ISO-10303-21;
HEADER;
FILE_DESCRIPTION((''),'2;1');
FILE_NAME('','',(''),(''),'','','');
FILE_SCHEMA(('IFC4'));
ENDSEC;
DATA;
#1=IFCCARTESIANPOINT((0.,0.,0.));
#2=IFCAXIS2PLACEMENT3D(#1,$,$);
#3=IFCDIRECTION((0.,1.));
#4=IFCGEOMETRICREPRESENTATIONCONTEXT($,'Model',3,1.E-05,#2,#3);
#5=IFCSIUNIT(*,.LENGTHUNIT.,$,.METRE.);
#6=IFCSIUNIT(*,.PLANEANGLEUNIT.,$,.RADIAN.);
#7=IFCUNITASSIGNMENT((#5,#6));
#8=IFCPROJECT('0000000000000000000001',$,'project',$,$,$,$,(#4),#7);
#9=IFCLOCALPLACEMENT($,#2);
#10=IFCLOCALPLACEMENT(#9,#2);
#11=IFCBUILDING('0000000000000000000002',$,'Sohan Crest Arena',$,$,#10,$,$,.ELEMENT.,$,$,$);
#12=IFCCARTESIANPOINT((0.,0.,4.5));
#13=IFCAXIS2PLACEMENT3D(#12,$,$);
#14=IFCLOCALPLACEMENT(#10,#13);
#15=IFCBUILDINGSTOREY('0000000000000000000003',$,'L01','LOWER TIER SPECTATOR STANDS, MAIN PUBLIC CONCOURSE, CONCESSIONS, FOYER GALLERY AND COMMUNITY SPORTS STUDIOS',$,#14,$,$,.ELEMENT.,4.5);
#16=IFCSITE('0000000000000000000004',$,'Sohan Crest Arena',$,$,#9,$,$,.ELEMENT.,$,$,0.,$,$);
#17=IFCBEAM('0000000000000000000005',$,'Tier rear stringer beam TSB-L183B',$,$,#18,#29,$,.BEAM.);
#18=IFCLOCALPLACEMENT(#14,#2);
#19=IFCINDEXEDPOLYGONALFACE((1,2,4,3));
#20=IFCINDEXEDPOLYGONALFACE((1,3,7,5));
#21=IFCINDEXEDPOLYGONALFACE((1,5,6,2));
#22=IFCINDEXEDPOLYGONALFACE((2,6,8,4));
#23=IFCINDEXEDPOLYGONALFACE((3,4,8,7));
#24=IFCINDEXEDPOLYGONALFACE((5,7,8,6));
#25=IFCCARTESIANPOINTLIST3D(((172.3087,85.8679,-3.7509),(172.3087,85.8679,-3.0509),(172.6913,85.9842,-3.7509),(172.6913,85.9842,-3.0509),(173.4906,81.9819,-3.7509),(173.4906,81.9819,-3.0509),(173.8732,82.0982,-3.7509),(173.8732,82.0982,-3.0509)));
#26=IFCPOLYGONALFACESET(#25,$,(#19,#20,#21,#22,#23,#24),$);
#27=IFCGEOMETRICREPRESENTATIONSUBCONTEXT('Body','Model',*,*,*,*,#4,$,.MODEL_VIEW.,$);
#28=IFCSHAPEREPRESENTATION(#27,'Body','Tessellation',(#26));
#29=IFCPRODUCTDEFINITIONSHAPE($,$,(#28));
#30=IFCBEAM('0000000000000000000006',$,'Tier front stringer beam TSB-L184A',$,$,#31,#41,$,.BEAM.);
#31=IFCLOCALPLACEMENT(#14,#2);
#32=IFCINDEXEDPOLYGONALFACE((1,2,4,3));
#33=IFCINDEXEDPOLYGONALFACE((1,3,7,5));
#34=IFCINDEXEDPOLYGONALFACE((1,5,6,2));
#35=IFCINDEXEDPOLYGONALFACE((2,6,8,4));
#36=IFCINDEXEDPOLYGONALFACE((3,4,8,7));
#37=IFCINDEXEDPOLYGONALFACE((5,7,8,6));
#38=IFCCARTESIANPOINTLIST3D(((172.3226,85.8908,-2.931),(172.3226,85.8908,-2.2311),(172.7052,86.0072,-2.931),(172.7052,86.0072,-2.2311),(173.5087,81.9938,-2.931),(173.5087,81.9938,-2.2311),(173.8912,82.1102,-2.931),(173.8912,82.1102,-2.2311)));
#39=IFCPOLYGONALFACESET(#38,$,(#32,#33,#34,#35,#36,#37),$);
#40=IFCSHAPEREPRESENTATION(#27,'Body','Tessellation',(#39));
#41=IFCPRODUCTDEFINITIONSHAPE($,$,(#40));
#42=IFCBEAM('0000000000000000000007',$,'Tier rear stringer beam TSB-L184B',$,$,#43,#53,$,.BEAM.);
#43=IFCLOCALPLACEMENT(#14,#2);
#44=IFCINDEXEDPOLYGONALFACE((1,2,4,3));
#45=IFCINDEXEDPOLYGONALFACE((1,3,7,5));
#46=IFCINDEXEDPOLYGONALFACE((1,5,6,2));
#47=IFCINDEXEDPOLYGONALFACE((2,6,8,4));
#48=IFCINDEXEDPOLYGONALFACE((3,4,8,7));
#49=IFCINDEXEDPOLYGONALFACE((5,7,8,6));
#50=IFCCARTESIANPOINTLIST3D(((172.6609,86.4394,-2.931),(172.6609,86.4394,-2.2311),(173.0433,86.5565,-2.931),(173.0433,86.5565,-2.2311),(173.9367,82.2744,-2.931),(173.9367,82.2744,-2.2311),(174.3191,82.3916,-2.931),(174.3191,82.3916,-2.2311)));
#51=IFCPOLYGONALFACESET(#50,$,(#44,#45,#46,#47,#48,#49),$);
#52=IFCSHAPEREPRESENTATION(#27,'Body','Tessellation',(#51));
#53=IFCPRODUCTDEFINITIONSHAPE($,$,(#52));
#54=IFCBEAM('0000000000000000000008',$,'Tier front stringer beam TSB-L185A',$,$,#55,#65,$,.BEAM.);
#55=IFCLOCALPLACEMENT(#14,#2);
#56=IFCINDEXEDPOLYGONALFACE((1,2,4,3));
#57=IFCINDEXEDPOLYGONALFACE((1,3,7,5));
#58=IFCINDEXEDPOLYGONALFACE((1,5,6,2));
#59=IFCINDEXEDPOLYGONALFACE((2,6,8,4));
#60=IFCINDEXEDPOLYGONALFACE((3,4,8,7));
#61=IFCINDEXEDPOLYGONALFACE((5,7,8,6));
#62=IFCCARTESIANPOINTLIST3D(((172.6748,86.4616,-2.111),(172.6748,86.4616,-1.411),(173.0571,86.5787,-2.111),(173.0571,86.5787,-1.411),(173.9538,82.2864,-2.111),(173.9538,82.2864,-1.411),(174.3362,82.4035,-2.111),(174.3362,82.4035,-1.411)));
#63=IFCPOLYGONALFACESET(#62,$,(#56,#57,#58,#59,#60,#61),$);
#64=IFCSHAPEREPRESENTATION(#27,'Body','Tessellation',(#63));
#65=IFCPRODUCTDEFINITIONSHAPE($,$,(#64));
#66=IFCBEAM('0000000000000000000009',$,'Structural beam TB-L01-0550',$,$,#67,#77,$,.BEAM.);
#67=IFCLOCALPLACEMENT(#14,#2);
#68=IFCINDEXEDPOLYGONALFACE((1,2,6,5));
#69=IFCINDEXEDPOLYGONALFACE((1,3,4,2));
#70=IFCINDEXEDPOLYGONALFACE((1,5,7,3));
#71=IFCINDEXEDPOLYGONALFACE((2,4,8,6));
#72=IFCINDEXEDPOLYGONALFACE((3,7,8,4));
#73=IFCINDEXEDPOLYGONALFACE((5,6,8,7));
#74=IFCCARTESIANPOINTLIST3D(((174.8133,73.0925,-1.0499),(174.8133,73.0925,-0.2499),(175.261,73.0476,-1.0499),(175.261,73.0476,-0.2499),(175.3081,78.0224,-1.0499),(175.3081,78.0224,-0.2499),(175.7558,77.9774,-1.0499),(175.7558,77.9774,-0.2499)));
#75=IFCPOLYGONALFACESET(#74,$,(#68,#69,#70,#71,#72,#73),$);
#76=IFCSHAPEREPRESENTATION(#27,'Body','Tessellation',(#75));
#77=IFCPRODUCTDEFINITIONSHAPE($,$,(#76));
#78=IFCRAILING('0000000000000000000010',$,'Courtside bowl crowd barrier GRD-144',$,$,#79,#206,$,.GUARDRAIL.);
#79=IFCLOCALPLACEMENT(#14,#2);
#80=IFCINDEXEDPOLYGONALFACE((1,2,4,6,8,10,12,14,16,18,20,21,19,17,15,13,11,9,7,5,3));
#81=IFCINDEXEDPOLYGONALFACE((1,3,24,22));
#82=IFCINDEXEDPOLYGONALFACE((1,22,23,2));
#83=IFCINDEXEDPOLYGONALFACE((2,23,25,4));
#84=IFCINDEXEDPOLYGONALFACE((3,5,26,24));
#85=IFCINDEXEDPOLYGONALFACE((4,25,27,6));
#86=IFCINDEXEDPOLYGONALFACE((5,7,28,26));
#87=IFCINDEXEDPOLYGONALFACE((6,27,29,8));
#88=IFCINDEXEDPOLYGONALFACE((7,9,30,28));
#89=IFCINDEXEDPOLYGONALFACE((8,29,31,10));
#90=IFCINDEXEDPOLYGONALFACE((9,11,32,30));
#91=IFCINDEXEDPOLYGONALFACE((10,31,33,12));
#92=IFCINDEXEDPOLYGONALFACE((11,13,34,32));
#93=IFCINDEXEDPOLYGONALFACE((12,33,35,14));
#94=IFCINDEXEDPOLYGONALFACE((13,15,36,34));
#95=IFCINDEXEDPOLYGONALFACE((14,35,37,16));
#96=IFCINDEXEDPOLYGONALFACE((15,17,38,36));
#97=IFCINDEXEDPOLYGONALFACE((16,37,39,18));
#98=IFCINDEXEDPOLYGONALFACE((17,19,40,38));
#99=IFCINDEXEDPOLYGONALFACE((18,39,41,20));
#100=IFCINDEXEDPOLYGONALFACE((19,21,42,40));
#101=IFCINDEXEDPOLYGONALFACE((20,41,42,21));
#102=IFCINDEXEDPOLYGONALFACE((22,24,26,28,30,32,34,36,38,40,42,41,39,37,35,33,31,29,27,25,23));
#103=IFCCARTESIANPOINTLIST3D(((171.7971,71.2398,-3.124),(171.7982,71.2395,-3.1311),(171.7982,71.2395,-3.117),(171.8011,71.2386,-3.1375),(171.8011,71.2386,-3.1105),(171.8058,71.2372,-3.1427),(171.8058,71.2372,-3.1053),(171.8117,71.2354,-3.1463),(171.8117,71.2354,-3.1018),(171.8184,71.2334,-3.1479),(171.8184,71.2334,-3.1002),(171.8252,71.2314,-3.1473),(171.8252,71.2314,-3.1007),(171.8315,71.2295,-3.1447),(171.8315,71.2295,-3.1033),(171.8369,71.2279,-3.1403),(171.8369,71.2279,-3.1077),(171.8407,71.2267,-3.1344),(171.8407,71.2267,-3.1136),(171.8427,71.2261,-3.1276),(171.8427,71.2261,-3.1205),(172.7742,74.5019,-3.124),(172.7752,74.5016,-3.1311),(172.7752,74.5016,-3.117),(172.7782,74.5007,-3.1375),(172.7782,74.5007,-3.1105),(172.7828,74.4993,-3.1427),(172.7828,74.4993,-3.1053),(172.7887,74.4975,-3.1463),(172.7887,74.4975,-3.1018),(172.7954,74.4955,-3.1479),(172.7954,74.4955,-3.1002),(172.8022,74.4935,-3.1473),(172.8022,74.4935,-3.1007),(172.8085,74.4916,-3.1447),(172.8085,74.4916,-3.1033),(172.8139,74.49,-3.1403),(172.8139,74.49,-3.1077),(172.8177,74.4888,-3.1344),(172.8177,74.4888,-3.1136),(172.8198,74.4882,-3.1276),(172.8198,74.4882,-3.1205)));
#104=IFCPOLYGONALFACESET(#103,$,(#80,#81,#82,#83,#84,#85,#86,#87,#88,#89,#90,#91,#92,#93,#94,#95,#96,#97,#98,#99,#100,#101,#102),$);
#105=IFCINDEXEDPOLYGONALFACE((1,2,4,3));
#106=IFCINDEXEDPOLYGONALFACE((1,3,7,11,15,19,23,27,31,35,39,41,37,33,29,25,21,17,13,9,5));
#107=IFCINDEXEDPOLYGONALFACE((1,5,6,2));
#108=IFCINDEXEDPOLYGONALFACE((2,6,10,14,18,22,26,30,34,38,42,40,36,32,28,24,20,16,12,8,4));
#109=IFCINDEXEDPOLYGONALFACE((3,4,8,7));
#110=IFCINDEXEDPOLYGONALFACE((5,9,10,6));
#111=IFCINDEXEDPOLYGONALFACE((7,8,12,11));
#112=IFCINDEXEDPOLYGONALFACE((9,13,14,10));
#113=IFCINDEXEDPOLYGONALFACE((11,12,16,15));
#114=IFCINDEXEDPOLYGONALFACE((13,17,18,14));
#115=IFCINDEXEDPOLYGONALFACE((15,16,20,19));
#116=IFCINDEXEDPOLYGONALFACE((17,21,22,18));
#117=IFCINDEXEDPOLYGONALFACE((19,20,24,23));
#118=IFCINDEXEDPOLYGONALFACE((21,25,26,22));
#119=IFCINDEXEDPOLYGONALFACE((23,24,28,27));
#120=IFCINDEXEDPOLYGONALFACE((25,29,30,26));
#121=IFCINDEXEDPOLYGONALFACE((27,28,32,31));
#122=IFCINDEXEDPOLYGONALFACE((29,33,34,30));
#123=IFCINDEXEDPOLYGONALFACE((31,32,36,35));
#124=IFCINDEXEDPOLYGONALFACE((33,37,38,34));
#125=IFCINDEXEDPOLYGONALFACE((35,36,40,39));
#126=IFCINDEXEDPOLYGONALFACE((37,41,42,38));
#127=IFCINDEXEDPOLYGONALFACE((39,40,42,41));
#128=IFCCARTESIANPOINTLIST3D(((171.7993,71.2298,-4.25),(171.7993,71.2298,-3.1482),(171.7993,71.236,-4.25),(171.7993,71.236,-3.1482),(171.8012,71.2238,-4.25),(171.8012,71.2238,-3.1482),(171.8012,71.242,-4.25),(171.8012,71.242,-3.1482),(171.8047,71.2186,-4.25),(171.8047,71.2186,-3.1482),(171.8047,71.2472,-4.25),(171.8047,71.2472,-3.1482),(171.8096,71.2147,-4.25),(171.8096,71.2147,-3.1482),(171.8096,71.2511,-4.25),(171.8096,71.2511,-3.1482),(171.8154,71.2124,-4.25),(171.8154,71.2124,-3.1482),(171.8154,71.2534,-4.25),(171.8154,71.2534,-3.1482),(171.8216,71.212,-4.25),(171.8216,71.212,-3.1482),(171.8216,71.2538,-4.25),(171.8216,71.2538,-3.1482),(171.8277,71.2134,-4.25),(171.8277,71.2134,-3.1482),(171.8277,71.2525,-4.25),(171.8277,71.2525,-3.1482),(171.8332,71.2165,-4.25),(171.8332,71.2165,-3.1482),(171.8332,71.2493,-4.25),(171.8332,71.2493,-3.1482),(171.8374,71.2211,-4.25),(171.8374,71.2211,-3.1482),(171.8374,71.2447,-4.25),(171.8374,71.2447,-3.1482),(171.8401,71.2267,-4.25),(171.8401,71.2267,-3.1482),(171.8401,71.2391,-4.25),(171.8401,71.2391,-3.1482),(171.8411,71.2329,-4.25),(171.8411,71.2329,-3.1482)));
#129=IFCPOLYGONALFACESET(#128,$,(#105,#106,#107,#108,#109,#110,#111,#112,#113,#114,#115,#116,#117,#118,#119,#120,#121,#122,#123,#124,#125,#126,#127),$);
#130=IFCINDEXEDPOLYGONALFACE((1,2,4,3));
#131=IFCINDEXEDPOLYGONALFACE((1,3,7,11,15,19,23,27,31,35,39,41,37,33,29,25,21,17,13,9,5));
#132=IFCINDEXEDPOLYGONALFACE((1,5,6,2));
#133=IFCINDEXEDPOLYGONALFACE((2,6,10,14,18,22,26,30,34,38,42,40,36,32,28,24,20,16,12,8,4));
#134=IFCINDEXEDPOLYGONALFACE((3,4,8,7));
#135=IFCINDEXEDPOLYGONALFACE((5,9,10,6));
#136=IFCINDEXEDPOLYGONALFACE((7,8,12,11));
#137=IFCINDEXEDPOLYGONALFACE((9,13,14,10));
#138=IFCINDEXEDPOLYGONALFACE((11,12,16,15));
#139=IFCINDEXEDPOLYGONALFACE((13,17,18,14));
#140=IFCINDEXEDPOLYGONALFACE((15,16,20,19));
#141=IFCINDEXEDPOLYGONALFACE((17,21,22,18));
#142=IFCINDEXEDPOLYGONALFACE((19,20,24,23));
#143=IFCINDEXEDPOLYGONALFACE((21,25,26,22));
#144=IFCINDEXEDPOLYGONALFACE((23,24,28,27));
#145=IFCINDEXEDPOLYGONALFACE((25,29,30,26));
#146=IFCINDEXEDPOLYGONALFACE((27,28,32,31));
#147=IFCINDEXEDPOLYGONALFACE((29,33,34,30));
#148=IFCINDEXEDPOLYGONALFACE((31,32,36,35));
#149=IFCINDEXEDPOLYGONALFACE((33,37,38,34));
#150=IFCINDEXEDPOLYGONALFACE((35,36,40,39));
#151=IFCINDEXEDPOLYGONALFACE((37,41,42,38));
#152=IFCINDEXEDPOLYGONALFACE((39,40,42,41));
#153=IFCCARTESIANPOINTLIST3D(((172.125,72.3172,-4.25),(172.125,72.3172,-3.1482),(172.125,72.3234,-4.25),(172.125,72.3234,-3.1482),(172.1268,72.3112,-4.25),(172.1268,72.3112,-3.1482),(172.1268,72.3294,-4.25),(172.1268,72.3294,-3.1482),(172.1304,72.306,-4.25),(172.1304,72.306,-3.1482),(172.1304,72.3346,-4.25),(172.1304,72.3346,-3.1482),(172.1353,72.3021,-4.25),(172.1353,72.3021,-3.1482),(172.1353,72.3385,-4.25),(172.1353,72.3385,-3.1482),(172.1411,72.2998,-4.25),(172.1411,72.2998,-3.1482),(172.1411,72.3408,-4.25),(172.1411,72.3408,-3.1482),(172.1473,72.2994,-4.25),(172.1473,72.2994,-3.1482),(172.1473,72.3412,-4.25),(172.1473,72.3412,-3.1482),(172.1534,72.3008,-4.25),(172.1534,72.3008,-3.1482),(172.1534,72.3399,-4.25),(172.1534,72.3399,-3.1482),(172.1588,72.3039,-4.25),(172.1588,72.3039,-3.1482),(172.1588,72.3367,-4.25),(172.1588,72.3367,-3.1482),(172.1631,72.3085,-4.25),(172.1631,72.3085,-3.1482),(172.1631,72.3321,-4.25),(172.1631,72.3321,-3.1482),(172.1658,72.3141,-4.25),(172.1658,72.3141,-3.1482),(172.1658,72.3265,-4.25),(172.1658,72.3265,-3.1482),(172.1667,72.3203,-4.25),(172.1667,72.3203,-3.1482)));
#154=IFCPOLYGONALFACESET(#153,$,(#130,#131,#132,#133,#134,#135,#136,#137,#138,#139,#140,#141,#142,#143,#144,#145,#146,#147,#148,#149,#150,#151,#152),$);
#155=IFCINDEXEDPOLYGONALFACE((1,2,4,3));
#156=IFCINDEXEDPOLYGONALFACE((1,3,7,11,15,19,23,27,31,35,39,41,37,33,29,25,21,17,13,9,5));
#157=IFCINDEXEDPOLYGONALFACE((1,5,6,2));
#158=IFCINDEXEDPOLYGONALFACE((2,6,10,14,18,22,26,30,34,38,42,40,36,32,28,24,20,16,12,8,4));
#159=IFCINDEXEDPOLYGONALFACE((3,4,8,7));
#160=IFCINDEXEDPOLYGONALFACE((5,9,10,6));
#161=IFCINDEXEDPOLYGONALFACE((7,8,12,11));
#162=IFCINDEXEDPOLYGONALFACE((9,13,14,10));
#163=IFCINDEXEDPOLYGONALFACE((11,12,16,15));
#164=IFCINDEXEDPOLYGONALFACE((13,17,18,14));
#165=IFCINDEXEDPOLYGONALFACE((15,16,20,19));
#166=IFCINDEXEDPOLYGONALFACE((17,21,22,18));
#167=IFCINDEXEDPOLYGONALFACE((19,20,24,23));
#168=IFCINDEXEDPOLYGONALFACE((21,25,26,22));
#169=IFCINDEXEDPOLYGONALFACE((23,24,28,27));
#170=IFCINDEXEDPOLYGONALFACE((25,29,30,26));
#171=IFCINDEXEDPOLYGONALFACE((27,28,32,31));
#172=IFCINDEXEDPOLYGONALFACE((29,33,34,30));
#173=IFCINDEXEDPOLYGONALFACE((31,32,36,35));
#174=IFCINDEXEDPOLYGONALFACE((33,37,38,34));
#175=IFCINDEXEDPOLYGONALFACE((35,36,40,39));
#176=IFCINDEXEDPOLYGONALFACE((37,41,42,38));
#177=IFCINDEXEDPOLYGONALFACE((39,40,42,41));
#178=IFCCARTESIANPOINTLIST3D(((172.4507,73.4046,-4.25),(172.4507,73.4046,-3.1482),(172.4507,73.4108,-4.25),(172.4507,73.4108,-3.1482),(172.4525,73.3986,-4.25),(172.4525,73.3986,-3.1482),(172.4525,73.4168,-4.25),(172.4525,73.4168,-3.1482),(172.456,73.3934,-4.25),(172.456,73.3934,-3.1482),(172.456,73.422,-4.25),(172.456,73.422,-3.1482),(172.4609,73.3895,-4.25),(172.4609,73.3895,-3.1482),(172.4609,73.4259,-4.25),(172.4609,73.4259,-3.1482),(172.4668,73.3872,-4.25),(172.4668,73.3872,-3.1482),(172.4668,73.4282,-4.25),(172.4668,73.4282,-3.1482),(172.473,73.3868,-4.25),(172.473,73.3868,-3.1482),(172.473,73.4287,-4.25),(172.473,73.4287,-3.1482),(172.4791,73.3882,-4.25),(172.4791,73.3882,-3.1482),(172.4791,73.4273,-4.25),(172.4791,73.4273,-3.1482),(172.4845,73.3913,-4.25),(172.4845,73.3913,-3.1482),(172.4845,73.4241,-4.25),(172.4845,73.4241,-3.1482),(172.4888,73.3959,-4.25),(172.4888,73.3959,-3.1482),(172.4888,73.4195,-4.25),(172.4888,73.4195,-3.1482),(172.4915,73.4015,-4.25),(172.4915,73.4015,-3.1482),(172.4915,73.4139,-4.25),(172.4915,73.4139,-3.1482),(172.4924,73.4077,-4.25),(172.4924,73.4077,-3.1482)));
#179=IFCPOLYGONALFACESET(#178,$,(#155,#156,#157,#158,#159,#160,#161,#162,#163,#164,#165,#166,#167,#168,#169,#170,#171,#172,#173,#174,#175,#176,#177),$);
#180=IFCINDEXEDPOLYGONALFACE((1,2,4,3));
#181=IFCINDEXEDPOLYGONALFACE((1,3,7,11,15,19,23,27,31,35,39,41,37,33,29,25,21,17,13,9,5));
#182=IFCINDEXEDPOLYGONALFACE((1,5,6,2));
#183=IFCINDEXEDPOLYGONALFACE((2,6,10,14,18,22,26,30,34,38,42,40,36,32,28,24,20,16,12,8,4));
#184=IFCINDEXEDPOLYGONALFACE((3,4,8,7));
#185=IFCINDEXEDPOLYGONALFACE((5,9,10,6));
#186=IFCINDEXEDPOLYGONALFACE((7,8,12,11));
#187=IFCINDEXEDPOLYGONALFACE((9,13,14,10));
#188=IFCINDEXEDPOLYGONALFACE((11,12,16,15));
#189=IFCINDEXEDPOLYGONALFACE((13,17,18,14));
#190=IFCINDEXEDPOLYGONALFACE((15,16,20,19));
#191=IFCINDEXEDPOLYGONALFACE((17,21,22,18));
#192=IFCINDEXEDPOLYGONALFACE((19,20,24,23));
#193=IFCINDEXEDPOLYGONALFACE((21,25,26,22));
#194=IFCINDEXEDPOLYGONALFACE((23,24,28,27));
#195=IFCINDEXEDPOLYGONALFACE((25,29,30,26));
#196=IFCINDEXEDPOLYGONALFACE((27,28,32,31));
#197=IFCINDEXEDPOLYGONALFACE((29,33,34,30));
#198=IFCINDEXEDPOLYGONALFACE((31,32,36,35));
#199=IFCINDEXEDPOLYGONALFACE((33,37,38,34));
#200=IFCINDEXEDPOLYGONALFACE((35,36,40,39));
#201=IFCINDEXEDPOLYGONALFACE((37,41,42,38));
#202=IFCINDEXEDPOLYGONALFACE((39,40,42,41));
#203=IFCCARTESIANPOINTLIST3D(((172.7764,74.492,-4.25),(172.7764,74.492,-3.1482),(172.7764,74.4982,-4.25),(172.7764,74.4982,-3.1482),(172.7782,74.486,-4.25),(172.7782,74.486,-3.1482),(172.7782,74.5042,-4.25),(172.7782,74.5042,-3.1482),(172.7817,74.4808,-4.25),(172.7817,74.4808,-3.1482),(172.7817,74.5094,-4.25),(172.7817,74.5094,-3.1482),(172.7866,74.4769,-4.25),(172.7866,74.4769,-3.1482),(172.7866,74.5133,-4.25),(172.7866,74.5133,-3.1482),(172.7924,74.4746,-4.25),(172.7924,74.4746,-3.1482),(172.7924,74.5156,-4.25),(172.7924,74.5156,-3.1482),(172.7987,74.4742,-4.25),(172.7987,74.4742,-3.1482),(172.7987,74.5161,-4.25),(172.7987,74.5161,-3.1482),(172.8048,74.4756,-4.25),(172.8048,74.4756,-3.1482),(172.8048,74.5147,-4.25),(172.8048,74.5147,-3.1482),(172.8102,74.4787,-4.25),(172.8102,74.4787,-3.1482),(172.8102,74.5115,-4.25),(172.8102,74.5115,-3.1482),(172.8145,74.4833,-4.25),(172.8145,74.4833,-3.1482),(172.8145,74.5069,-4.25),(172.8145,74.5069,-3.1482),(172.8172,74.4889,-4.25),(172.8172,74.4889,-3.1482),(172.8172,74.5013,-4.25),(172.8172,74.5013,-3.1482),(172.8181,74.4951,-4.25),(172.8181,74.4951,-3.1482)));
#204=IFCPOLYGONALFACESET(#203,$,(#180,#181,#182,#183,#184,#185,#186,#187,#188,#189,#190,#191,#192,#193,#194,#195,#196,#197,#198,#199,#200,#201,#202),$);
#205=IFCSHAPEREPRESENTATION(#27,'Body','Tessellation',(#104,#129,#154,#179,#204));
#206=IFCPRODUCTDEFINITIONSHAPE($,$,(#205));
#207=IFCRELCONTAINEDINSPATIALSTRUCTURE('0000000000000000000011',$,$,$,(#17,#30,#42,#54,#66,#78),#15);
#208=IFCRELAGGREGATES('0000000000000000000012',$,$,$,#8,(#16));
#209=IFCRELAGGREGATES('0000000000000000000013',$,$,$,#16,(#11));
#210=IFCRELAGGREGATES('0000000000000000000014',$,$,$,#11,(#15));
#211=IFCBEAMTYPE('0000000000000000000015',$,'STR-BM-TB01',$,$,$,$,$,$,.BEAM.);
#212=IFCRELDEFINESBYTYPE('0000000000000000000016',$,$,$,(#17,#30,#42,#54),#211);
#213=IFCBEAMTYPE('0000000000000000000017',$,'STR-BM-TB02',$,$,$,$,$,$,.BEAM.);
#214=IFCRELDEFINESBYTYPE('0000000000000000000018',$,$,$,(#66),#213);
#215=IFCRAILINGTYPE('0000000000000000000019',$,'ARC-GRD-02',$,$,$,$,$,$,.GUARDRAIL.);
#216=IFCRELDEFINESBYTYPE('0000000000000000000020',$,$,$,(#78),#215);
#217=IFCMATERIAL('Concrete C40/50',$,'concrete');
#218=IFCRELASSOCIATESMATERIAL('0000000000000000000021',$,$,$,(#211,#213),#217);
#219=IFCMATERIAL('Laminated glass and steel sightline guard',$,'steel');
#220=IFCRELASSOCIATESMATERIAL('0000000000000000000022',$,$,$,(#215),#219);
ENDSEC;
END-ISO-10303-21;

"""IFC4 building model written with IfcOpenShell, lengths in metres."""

from ifc_helpers import new_model, si_unit, direction, frame, origin, origin_2d, place, context, subcontext, project, spatial, rectangle, circle, extrude, material, material_profile, profile_set, type_object, element, save


model = new_model("IFC4")

# Units and contexts
model_context = context("Model", 3, precision=1e-05, world=origin(), true_north=direction((0.0, 1.0)))
body_context = subcontext(model_context, "Body", "Model", "MODEL_VIEW")
ifc_project = project(units=[si_unit("LENGTHUNIT", "METRE"), si_unit("PLANEANGLEUNIT", "RADIAN")], contexts=[model_context])

# Site, building, storey
site_placement = place(None, origin())
site = spatial("IfcSite", under=ifc_project, at=site_placement, Name="Sohan Crest Arena", CompositionType="ELEMENT", RefElevation=0.0)
building_placement = place(site_placement, origin())
building = spatial("IfcBuilding", under=site, at=building_placement, Name="Sohan Crest Arena", CompositionType="ELEMENT")
storey_placement = place(building_placement, frame((0.0, 0.0, 4.5)))
storey = spatial("IfcBuildingStorey", under=building, at=storey_placement, Name="L01", Description="LOWER TIER SPECTATOR STANDS, MAIN PUBLIC CONCOURSE, CONCESSIONS, FOYER GALLERY AND COMMUNITY SPORTS STUDIOS", CompositionType="ELEMENT", Elevation=4.5)

# Shared definitions
ifc_material_1 = material(Name="Concrete C40/50", Category="concrete")

# Beams
ifc_material_profile_1 = material_profile(ifc_material_1, rectangle(XDim=0.3999, YDim=0.7, at=origin_2d()), Name="RC-BM 400x700")
ifc_profile_set_1 = profile_set([ifc_material_profile_1], Name="Concrete C40/50")
beam_type_1 = type_object("IfcBeamType", Name="STR-BM-TB01", PredefinedType="BEAM", material=ifc_profile_set_1)
beam_1_placement = place(storey_placement, frame((173.6819, 82.04, -3.4009), z_axis=(-0.29098, 0.956729, 0.0), x_axis=(-0.956729, -0.29098, 0.0)))
element("IfcBeam", 1, at=beam_1_placement, inside=storey, type_object=beam_type_1, Name="Tier rear stringer beam TSB-L183B", PredefinedType="BEAM", context=body_context, shape_type="SweptSolid", body=[
    extrude(rectangle(XDim=0.3999, YDim=0.7, at=origin_2d()), origin(), (0.0, 0.0, 1.0), 4.0618),
])
beam_2_placement = place(storey_placement, frame((173.7, 82.052, -2.5811), z_axis=(-0.291162, 0.956674, 0.0), x_axis=(-0.956674, -0.291162, 0.0)))
element("IfcBeam", 2, at=beam_2_placement, inside=storey, type_object=beam_type_1, Name="Tier front stringer beam TSB-L184A", PredefinedType="BEAM", context=body_context, shape_type="SweptSolid", body=[
    extrude(rectangle(XDim=0.3999, YDim=0.7, at=origin_2d()), origin(), (0.0, 0.0, 1.0), 4.0735),
])
beam_3_placement = place(storey_placement, frame((174.1279, 82.333, -2.5811), z_axis=(-0.292896, 0.956144, 0.0), x_axis=(-0.956144, -0.292896, 0.0)))
element("IfcBeam", 3, at=beam_3_placement, inside=storey, type_object=beam_type_1, Name="Tier rear stringer beam TSB-L184B", PredefinedType="BEAM", context=body_context, shape_type="SweptSolid", body=[
    extrude(rectangle(XDim=0.3999, YDim=0.7, at=origin_2d()), origin(), (0.0, 0.0, 1.0), 4.356),
])
beam_4_placement = place(storey_placement, frame((174.145, 82.345, -1.761), z_axis=(-0.292919, 0.956137, 0.0), x_axis=(-0.956137, -0.292919, 0.0)))
element("IfcBeam", 4, at=beam_4_placement, inside=storey, type_object=beam_type_1, Name="Tier front stringer beam TSB-L185A", PredefinedType="BEAM", context=body_context, shape_type="SweptSolid", body=[
    extrude(rectangle(XDim=0.3999, YDim=0.7, at=origin_2d()), origin(), (0.0, 0.0, 1.0), 4.3667),
])
ifc_material_profile_2 = material_profile(ifc_material_1, rectangle(XDim=0.45, YDim=0.8, at=origin_2d()), Name="RC-BM 450x800")
ifc_profile_set_2 = profile_set([ifc_material_profile_2], Name="Concrete C40/50")
beam_type_2 = type_object("IfcBeamType", Name="STR-BM-TB02", PredefinedType="BEAM", material=ifc_profile_set_2)
beam_5_placement = place(storey_placement, frame((175.0371, 73.0701, -0.6499), z_axis=(0.099879, 0.995, 0.0), x_axis=(-0.995, 0.099879, 0.0)))
element("IfcBeam", 5, at=beam_5_placement, inside=storey, type_object=beam_type_2, Name="Structural beam TB-L01-0550", PredefinedType="BEAM", context=body_context, shape_type="SweptSolid", body=[
    extrude(rectangle(XDim=0.45, YDim=0.8, at=origin_2d()), origin(), (0.0, 0.0, 1.0), 4.9546),
])

# Railing
ifc_material_2 = material(Name="Laminated glass and steel sightline guard", Category="steel")
railing_type = type_object("IfcRailingType", Name="ARC-GRD-02", PredefinedType="GUARDRAIL", material=ifc_material_2)
railing_1_placement = place(storey_placement, frame((171.8201, 71.2329, -4.25)))
element("IfcRailing", 6, at=railing_1_placement, inside=storey, type_object=railing_type, Name="Courtside bowl crowd barrier GRD-144", PredefinedType="GUARDRAIL", context=body_context, shape_type="SweptSolid", body=[
    extrude(circle(Radius=0.0239, at=origin_2d()), frame((0.0, 0.0, 1.126), z_axis=(0.286914, 0.957956, 0.0), x_axis=(-0.957956, 0.286914, 0.0)), (0.0, 0.0, 1.0), 3.4053),
    extrude(circle(Radius=0.021, at=origin_2d()), origin(), (0.0, 0.0, 1.0), 1.1018),
    extrude(circle(Radius=0.021, at=origin_2d()), frame((0.3257, 1.0874, 0.0)), (0.0, 0.0, 1.0), 1.1018),
    extrude(circle(Radius=0.021, at=origin_2d()), frame((0.6514, 2.1748, 0.0)), (0.0, 0.0, 1.0), 1.1018),
    extrude(circle(Radius=0.021, at=origin_2d()), frame((0.9771, 3.2622, 0.0)), (0.0, 0.0, 1.0), 1.1018),
])

save(model, "model.ifc")
